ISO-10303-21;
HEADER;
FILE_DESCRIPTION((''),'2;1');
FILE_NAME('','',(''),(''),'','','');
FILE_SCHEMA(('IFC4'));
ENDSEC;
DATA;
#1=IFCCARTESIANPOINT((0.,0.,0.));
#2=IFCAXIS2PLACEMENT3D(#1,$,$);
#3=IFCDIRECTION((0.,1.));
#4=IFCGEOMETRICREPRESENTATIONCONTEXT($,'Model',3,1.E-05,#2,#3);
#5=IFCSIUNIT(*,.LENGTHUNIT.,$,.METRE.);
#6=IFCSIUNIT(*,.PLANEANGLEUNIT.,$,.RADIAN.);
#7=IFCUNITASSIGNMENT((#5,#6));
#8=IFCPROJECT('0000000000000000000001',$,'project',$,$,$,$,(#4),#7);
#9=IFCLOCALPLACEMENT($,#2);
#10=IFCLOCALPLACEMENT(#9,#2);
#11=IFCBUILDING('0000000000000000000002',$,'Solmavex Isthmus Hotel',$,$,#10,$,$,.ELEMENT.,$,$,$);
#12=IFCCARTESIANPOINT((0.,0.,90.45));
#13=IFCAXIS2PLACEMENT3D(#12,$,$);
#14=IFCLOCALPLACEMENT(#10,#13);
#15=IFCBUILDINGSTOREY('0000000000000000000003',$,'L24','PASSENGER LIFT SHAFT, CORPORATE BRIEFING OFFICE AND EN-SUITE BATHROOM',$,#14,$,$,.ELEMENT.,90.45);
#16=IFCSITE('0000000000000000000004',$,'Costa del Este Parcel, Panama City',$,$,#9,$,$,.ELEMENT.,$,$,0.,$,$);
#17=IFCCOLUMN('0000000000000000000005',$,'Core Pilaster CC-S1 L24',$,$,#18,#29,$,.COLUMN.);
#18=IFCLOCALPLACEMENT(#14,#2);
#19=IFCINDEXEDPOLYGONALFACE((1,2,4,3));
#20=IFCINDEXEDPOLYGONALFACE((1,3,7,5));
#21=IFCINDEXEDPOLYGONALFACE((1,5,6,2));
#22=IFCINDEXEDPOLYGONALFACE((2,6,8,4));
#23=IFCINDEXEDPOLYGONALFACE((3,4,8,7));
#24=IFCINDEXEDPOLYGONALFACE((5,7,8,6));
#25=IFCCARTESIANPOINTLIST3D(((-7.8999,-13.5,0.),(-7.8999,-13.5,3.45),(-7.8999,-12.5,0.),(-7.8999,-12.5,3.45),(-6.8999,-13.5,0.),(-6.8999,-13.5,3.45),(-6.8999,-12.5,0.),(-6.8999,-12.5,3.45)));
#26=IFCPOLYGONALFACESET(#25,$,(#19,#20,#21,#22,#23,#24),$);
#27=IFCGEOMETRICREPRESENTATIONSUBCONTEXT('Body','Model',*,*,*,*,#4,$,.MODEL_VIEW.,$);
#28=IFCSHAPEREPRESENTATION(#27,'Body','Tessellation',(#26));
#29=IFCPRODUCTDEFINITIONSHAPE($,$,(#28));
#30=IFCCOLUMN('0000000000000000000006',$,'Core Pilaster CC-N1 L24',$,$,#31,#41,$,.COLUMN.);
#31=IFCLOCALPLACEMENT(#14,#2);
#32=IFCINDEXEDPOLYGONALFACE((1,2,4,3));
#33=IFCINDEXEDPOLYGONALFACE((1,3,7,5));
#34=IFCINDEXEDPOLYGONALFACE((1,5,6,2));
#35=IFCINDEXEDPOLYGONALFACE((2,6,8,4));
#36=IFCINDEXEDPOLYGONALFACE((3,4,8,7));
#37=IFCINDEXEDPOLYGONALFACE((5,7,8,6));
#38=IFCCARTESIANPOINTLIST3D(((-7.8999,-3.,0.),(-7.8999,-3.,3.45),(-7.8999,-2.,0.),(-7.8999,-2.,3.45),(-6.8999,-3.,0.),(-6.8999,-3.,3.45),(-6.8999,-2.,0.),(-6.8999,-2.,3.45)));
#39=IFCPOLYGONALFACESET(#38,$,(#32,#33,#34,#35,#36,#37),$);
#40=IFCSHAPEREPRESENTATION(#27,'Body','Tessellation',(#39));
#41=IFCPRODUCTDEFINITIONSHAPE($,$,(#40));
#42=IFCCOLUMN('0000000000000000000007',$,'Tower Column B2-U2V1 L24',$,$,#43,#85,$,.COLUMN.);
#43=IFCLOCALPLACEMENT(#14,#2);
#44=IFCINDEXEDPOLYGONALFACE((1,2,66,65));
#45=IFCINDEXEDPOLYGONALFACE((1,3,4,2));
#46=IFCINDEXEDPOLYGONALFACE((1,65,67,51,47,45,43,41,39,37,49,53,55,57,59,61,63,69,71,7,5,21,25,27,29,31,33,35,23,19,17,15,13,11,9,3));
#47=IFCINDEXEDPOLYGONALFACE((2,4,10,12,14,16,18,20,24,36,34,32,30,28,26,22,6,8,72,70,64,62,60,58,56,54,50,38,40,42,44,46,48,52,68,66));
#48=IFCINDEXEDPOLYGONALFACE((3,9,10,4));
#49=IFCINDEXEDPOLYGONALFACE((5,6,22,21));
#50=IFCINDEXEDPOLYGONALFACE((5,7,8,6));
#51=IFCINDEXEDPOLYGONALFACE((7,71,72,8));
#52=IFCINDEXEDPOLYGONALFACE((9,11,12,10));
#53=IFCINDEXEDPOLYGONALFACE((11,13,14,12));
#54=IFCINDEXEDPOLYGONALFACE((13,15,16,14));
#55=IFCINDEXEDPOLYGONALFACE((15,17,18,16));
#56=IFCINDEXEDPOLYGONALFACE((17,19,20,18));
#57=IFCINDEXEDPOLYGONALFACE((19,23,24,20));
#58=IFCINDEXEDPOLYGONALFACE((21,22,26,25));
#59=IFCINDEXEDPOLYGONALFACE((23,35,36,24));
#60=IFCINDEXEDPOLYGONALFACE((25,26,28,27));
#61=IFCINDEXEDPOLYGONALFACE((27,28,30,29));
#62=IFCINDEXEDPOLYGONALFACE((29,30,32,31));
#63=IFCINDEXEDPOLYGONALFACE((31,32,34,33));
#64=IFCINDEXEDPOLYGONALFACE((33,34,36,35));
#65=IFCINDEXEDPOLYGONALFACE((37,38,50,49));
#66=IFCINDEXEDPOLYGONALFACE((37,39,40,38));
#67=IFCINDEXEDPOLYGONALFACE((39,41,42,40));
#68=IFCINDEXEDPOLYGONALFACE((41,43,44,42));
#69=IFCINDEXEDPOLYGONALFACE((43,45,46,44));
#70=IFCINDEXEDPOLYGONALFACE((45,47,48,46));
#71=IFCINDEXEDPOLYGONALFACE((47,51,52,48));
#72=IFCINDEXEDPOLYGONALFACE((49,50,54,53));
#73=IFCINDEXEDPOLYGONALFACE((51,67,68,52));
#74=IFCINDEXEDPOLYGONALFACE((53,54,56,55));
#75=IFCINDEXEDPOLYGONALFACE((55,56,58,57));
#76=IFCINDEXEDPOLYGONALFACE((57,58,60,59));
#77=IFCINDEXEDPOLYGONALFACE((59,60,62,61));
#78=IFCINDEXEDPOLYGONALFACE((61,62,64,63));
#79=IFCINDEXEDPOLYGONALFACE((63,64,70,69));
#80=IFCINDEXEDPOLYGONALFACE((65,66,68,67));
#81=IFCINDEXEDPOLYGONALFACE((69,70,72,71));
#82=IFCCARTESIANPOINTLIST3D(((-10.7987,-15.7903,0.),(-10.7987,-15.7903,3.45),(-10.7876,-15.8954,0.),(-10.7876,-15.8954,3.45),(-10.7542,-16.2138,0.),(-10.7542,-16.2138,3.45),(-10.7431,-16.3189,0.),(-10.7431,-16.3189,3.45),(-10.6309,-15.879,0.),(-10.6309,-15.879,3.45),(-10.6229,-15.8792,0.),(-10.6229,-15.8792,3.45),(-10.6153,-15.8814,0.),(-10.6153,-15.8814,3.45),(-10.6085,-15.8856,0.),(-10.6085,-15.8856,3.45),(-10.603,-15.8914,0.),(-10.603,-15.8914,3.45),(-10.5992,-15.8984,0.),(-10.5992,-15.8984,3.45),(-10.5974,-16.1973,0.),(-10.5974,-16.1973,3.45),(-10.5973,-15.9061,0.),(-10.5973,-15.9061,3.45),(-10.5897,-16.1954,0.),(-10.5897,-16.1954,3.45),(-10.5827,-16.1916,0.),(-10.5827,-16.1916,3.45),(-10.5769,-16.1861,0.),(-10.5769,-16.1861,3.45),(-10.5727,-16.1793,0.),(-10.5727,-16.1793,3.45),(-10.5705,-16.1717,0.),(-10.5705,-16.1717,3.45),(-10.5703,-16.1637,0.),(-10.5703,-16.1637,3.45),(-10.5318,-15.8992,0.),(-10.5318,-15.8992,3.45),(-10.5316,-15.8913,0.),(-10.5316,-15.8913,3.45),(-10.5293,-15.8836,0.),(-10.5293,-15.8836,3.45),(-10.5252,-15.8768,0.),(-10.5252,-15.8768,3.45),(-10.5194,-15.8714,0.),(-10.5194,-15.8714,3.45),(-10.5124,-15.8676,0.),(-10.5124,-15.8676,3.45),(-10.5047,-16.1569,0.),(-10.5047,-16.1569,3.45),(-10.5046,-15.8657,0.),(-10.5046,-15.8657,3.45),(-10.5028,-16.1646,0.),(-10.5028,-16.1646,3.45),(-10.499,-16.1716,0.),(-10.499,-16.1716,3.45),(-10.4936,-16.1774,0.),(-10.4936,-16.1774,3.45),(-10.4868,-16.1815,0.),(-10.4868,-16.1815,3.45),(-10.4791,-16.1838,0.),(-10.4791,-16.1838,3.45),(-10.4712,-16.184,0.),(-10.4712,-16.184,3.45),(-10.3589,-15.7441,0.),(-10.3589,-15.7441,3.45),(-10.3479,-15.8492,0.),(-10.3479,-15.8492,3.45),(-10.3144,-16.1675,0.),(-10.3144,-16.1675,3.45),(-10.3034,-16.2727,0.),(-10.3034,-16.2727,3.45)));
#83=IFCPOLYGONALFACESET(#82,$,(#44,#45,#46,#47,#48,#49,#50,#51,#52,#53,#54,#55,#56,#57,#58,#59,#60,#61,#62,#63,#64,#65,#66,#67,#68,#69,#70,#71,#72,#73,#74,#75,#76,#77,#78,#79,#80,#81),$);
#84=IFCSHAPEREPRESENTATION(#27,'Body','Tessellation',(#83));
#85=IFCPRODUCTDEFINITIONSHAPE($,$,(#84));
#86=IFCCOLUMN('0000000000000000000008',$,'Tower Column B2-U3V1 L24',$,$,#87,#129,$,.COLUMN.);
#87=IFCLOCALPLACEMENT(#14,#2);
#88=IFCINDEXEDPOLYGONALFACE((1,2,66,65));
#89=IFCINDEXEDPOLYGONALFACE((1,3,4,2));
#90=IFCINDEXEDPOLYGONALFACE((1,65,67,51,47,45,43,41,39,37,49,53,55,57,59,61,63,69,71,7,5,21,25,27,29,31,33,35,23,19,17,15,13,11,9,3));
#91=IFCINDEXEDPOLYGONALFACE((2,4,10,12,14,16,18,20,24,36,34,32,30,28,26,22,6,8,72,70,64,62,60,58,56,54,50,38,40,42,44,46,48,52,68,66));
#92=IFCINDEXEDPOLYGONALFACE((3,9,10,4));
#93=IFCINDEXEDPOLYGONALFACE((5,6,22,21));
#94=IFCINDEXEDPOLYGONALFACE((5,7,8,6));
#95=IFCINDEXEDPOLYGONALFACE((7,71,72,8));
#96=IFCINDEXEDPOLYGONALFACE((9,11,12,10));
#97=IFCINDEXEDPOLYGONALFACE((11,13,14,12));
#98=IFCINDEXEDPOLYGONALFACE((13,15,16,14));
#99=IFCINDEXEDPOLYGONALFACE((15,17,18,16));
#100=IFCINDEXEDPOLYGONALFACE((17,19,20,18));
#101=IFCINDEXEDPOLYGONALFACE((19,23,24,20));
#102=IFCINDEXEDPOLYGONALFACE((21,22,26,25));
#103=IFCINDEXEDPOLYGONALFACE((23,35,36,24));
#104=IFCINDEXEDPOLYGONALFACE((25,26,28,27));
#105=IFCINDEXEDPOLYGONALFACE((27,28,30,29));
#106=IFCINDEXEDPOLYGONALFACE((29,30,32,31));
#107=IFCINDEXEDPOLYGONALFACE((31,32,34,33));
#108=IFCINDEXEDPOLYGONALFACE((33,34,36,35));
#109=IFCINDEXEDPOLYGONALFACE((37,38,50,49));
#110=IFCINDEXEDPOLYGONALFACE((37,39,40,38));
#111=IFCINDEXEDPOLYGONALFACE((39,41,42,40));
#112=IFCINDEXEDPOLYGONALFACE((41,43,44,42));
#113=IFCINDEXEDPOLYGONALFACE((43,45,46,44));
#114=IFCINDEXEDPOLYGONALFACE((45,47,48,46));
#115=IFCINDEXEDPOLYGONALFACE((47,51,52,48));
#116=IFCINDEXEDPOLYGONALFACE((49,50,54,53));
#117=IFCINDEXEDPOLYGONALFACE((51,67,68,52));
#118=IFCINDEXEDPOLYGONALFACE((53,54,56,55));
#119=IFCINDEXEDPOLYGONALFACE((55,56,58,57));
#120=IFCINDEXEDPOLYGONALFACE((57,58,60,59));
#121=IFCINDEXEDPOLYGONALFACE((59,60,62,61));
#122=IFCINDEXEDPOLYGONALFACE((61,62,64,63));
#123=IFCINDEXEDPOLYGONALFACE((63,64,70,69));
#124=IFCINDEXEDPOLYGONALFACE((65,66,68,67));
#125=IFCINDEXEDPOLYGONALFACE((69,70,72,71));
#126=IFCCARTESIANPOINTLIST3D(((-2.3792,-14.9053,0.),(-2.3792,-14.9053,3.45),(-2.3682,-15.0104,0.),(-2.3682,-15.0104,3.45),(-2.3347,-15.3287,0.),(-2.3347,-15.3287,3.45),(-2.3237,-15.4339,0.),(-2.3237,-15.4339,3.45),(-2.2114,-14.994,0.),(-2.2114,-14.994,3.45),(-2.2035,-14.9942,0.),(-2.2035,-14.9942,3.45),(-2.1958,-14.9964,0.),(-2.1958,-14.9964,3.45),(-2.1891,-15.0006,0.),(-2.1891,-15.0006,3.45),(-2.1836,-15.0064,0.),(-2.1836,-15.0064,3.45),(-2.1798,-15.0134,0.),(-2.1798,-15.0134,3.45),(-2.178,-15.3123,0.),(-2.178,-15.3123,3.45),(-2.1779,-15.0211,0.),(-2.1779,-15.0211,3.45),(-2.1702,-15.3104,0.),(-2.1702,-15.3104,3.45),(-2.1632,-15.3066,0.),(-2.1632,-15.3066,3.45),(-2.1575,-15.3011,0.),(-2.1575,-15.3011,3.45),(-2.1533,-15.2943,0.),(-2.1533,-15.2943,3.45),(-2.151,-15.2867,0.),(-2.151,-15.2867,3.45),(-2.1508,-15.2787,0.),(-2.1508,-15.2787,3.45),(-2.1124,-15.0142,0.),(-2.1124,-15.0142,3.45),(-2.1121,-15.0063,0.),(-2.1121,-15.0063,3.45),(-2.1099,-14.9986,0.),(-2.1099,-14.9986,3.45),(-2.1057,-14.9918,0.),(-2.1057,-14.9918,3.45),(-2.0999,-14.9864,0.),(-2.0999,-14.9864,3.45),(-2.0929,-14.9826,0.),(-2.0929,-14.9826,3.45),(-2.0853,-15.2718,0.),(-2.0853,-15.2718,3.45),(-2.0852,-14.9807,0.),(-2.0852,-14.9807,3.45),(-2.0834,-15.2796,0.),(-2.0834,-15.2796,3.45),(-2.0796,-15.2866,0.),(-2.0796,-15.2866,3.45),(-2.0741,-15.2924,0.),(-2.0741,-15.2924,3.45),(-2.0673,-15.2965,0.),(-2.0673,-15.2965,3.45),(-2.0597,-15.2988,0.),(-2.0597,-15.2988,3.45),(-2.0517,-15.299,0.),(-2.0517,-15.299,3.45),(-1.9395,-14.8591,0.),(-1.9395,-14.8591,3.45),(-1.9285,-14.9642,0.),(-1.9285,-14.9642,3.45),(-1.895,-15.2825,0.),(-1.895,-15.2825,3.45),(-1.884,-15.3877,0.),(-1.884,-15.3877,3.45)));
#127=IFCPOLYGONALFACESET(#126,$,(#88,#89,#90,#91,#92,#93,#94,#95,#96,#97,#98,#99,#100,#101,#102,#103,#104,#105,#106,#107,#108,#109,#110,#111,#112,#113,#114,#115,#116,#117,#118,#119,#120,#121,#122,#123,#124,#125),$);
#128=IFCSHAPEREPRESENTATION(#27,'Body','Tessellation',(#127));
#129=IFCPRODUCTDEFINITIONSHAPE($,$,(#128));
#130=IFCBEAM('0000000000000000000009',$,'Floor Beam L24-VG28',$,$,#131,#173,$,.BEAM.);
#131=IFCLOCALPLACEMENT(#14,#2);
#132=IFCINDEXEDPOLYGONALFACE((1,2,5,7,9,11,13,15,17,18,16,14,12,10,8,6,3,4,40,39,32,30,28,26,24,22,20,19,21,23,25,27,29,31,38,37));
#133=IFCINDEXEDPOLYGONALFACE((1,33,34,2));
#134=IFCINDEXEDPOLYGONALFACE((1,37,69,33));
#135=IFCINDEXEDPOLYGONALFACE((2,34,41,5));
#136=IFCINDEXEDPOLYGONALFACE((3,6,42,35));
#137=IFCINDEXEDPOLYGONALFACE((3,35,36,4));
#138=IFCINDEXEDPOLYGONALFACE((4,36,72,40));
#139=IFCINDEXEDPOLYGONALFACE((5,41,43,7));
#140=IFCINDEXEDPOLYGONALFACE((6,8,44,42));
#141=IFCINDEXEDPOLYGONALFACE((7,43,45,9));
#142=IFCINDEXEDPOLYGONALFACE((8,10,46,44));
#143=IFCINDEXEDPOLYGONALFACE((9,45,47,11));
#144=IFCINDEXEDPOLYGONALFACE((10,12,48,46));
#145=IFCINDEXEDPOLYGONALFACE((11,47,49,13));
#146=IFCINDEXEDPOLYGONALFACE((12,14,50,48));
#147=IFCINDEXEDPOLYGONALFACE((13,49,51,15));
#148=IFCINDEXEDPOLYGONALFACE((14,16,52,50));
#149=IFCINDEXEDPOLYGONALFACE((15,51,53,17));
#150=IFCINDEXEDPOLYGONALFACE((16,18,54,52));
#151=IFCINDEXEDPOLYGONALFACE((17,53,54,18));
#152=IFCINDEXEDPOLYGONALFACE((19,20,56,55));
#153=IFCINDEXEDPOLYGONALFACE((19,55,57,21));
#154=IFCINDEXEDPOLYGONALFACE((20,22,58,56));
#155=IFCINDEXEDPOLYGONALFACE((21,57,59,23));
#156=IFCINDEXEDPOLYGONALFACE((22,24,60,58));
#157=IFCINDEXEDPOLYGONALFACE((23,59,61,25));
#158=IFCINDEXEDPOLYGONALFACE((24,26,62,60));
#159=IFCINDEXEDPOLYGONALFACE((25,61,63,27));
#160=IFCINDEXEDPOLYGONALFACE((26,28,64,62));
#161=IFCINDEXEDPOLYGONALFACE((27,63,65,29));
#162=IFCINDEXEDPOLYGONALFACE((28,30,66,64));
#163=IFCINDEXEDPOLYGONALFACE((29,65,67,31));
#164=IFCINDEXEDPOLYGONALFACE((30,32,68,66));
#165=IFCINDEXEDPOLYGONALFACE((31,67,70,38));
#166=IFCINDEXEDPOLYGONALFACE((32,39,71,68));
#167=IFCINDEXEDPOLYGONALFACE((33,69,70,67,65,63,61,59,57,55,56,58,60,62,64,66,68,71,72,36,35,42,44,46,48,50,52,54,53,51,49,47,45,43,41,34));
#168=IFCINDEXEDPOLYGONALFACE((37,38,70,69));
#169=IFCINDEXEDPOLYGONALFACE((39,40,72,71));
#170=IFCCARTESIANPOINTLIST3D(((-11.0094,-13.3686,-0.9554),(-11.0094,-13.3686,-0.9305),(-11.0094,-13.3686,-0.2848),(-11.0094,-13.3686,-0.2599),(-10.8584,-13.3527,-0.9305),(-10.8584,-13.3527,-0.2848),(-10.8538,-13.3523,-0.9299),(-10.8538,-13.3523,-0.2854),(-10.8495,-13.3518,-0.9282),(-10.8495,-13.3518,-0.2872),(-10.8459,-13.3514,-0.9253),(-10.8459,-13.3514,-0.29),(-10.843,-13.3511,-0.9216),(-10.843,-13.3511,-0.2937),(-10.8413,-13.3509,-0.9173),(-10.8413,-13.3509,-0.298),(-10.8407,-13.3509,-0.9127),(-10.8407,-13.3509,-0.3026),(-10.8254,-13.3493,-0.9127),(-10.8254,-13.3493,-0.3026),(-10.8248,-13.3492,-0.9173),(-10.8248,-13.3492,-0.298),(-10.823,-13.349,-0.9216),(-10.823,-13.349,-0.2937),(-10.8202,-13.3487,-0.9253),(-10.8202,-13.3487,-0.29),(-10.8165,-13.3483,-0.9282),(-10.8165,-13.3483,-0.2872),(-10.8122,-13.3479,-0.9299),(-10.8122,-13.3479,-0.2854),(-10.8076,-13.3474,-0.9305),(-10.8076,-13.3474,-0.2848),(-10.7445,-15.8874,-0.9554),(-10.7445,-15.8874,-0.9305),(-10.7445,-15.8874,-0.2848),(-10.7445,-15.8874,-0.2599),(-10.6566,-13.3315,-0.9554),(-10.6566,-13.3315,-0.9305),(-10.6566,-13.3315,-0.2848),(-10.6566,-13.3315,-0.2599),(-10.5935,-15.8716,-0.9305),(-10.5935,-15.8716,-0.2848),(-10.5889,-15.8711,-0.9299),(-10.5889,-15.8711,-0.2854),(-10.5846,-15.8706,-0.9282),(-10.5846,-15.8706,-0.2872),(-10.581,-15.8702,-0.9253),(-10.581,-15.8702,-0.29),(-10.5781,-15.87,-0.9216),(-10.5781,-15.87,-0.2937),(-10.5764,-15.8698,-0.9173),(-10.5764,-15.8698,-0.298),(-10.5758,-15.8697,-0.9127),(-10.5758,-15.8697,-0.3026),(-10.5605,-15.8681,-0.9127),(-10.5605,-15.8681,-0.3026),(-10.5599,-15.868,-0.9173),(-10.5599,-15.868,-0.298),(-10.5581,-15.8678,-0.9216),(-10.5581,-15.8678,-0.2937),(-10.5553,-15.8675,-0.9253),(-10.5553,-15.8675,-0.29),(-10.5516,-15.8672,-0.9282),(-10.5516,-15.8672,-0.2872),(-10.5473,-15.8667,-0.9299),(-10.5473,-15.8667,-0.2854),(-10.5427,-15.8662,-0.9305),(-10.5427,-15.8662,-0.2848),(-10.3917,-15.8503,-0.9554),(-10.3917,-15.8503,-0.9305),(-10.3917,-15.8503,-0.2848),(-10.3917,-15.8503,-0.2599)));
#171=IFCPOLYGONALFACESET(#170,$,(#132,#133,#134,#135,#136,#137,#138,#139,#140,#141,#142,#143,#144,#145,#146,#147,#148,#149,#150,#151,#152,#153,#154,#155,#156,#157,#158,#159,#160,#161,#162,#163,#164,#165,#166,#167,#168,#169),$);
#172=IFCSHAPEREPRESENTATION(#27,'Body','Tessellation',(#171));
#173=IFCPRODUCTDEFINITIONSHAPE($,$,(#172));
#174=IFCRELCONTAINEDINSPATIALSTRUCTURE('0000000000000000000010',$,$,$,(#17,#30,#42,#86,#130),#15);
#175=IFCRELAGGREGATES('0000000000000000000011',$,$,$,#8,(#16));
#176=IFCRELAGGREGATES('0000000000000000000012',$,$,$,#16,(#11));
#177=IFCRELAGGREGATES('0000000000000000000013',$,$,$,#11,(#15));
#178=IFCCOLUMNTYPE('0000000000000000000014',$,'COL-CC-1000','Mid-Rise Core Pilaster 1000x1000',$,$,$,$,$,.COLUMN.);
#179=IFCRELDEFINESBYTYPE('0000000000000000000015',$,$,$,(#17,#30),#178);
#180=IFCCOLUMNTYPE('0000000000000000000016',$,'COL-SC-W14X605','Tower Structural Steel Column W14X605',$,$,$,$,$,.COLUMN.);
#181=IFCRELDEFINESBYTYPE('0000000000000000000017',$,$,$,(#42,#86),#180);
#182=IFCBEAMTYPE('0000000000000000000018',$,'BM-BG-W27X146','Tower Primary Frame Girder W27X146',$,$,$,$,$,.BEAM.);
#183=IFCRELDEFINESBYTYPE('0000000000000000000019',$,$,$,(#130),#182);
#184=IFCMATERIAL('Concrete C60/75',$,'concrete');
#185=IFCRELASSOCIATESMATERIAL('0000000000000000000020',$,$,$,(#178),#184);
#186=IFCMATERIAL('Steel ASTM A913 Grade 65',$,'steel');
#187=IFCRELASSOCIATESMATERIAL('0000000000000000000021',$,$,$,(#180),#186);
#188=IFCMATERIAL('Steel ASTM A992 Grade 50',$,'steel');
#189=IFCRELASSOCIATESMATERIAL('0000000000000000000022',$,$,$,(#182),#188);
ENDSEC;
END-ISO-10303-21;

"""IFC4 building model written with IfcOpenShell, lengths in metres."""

from ifc_helpers import new_model, si_unit, direction, frame, origin, origin_2d, place, context, subcontext, project, spatial, rectangle, i_section, extrude, material, material_profile, profile_set, type_object, element, save


model = new_model("IFC4")

# Units and contexts
model_context = context("Model", 3, precision=1e-05, world=origin(), true_north=direction((0.0, 1.0)))
body_context = subcontext(model_context, "Body", "Model", "MODEL_VIEW")
ifc_project = project(units=[si_unit("LENGTHUNIT", "METRE"), si_unit("PLANEANGLEUNIT", "RADIAN")], contexts=[model_context])

# Site, building, storey
site_placement = place(None, origin())
site = spatial("IfcSite", under=ifc_project, at=site_placement, Name="Costa del Este Parcel, Panama City", CompositionType="ELEMENT", RefElevation=0.0)
building_placement = place(site_placement, origin())
building = spatial("IfcBuilding", under=site, at=building_placement, Name="Solmavex Isthmus Hotel", CompositionType="ELEMENT")
storey_placement = place(building_placement, frame((0.0, 0.0, 90.45)))
storey = spatial("IfcBuildingStorey", under=building, at=storey_placement, Name="L24", Description="PASSENGER LIFT SHAFT, CORPORATE BRIEFING OFFICE AND EN-SUITE BATHROOM", CompositionType="ELEMENT", Elevation=90.45)

# Columns
ifc_material_1 = material(Name="Concrete C60/75", Category="concrete")
ifc_material_profile_1 = material_profile(ifc_material_1, rectangle(XDim=1.0, YDim=1.0, at=origin_2d()), Name="RC1000X1000")
ifc_profile_set_1 = profile_set([ifc_material_profile_1], Name="Concrete C60/75")
column_type_1 = type_object("IfcColumnType", Name="COL-CC-1000", Description="Mid-Rise Core Pilaster 1000x1000", PredefinedType="COLUMN", material=ifc_profile_set_1)
for number, where, z_axis, x_axis, name in (
    (1, (-7.3999, -13.0, 0.0), (0.0, 0.0, 1.0), (1.0, 0.0, 0.0), "Core Pilaster CC-S1 L24"),
    (2, (-7.3999, -2.5, 0.0), (0.0, 0.0, 1.0), (1.0, 0.0, 0.0), "Core Pilaster CC-N1 L24"),
):
    element("IfcColumn", number, at=place(storey_placement, frame(where, z_axis=z_axis, x_axis=x_axis)), inside=storey, type_object=column_type_1, Name=name, PredefinedType="COLUMN", context=body_context, shape_type="SweptSolid", body=[
        extrude(rectangle(XDim=1.0, YDim=1.0, at=origin_2d()), origin(), (0.0, 0.0, 1.0), 3.45),
    ])
ifc_material_2 = material(Name="Steel ASTM A913 Grade 65", Category="steel")
ifc_material_profile_2 = material_profile(ifc_material_2, i_section(OverallWidth=0.4421, OverallDepth=0.5315, WebThickness=0.0659, FlangeThickness=0.1057, FilletRadius=0.0305, at=origin_2d()), Name="W14X605")
ifc_profile_set_2 = profile_set([ifc_material_profile_2], Name="Steel ASTM A913 Grade 65")
column_type_2 = type_object("IfcColumnType", Name="COL-SC-W14X605", Description="Tower Structural Steel Column W14X605", PredefinedType="COLUMN", material=ifc_profile_set_2)
for number, where, z_axis, x_axis, name in (
    (3, (-10.551, -16.0315, 0.0), (0.0, 0.0, 1.0), (0.994522, 0.104528, 0.0), "Tower Column B2-U2V1 L24"),
    (4, (-2.1316, -15.1465, 0.0), (0.0, 0.0, 1.0), (0.994522, 0.104528, 0.0), "Tower Column B2-U3V1 L24"),
):
    element("IfcColumn", number, at=place(storey_placement, frame(where, z_axis=z_axis, x_axis=x_axis)), inside=storey, type_object=column_type_2, Name=name, PredefinedType="COLUMN", context=body_context, shape_type="SweptSolid", body=[
        extrude(i_section(OverallWidth=0.4421, OverallDepth=0.5315, WebThickness=0.0659, FlangeThickness=0.1057, FilletRadius=0.0305, at=origin_2d()), origin(), (0.0, 0.0, 1.0), 3.45),
    ])

# Beam
ifc_material_3 = material(Name="Steel ASTM A992 Grade 50", Category="steel")
ifc_material_profile_3 = material_profile(ifc_material_3, i_section(OverallWidth=0.3547, OverallDepth=0.6956, WebThickness=0.0154, FlangeThickness=0.0249, FilletRadius=0.0178, at=origin_2d()), Name="W27X146")
ifc_profile_set_3 = profile_set([ifc_material_profile_3], Name="Steel ASTM A992 Grade 50")
beam_type_1 = type_object("IfcBeamType", Name="BM-BG-W27X146", Description="Tower Primary Frame Girder W27X146", PredefinedType="BEAM", material=ifc_profile_set_3)
beam_1_placement = place(storey_placement, frame((-10.5681, -15.8689, -0.6077), z_axis=(-0.104589, 0.994515, 0.0), x_axis=(-0.994515, -0.104589, 0.0)))
element("IfcBeam", 5, at=beam_1_placement, inside=storey, type_object=beam_type_1, Name="Floor Beam L24-VG28", PredefinedType="BEAM", context=body_context, shape_type="SweptSolid", body=[
    extrude(i_section(OverallWidth=0.3547, OverallDepth=0.6956, WebThickness=0.0154, FlangeThickness=0.0249, FilletRadius=0.0178, at=origin_2d()), origin(), (0.0, 0.0, 1.0), 2.5327),
])

save(model, "model.ifc")
